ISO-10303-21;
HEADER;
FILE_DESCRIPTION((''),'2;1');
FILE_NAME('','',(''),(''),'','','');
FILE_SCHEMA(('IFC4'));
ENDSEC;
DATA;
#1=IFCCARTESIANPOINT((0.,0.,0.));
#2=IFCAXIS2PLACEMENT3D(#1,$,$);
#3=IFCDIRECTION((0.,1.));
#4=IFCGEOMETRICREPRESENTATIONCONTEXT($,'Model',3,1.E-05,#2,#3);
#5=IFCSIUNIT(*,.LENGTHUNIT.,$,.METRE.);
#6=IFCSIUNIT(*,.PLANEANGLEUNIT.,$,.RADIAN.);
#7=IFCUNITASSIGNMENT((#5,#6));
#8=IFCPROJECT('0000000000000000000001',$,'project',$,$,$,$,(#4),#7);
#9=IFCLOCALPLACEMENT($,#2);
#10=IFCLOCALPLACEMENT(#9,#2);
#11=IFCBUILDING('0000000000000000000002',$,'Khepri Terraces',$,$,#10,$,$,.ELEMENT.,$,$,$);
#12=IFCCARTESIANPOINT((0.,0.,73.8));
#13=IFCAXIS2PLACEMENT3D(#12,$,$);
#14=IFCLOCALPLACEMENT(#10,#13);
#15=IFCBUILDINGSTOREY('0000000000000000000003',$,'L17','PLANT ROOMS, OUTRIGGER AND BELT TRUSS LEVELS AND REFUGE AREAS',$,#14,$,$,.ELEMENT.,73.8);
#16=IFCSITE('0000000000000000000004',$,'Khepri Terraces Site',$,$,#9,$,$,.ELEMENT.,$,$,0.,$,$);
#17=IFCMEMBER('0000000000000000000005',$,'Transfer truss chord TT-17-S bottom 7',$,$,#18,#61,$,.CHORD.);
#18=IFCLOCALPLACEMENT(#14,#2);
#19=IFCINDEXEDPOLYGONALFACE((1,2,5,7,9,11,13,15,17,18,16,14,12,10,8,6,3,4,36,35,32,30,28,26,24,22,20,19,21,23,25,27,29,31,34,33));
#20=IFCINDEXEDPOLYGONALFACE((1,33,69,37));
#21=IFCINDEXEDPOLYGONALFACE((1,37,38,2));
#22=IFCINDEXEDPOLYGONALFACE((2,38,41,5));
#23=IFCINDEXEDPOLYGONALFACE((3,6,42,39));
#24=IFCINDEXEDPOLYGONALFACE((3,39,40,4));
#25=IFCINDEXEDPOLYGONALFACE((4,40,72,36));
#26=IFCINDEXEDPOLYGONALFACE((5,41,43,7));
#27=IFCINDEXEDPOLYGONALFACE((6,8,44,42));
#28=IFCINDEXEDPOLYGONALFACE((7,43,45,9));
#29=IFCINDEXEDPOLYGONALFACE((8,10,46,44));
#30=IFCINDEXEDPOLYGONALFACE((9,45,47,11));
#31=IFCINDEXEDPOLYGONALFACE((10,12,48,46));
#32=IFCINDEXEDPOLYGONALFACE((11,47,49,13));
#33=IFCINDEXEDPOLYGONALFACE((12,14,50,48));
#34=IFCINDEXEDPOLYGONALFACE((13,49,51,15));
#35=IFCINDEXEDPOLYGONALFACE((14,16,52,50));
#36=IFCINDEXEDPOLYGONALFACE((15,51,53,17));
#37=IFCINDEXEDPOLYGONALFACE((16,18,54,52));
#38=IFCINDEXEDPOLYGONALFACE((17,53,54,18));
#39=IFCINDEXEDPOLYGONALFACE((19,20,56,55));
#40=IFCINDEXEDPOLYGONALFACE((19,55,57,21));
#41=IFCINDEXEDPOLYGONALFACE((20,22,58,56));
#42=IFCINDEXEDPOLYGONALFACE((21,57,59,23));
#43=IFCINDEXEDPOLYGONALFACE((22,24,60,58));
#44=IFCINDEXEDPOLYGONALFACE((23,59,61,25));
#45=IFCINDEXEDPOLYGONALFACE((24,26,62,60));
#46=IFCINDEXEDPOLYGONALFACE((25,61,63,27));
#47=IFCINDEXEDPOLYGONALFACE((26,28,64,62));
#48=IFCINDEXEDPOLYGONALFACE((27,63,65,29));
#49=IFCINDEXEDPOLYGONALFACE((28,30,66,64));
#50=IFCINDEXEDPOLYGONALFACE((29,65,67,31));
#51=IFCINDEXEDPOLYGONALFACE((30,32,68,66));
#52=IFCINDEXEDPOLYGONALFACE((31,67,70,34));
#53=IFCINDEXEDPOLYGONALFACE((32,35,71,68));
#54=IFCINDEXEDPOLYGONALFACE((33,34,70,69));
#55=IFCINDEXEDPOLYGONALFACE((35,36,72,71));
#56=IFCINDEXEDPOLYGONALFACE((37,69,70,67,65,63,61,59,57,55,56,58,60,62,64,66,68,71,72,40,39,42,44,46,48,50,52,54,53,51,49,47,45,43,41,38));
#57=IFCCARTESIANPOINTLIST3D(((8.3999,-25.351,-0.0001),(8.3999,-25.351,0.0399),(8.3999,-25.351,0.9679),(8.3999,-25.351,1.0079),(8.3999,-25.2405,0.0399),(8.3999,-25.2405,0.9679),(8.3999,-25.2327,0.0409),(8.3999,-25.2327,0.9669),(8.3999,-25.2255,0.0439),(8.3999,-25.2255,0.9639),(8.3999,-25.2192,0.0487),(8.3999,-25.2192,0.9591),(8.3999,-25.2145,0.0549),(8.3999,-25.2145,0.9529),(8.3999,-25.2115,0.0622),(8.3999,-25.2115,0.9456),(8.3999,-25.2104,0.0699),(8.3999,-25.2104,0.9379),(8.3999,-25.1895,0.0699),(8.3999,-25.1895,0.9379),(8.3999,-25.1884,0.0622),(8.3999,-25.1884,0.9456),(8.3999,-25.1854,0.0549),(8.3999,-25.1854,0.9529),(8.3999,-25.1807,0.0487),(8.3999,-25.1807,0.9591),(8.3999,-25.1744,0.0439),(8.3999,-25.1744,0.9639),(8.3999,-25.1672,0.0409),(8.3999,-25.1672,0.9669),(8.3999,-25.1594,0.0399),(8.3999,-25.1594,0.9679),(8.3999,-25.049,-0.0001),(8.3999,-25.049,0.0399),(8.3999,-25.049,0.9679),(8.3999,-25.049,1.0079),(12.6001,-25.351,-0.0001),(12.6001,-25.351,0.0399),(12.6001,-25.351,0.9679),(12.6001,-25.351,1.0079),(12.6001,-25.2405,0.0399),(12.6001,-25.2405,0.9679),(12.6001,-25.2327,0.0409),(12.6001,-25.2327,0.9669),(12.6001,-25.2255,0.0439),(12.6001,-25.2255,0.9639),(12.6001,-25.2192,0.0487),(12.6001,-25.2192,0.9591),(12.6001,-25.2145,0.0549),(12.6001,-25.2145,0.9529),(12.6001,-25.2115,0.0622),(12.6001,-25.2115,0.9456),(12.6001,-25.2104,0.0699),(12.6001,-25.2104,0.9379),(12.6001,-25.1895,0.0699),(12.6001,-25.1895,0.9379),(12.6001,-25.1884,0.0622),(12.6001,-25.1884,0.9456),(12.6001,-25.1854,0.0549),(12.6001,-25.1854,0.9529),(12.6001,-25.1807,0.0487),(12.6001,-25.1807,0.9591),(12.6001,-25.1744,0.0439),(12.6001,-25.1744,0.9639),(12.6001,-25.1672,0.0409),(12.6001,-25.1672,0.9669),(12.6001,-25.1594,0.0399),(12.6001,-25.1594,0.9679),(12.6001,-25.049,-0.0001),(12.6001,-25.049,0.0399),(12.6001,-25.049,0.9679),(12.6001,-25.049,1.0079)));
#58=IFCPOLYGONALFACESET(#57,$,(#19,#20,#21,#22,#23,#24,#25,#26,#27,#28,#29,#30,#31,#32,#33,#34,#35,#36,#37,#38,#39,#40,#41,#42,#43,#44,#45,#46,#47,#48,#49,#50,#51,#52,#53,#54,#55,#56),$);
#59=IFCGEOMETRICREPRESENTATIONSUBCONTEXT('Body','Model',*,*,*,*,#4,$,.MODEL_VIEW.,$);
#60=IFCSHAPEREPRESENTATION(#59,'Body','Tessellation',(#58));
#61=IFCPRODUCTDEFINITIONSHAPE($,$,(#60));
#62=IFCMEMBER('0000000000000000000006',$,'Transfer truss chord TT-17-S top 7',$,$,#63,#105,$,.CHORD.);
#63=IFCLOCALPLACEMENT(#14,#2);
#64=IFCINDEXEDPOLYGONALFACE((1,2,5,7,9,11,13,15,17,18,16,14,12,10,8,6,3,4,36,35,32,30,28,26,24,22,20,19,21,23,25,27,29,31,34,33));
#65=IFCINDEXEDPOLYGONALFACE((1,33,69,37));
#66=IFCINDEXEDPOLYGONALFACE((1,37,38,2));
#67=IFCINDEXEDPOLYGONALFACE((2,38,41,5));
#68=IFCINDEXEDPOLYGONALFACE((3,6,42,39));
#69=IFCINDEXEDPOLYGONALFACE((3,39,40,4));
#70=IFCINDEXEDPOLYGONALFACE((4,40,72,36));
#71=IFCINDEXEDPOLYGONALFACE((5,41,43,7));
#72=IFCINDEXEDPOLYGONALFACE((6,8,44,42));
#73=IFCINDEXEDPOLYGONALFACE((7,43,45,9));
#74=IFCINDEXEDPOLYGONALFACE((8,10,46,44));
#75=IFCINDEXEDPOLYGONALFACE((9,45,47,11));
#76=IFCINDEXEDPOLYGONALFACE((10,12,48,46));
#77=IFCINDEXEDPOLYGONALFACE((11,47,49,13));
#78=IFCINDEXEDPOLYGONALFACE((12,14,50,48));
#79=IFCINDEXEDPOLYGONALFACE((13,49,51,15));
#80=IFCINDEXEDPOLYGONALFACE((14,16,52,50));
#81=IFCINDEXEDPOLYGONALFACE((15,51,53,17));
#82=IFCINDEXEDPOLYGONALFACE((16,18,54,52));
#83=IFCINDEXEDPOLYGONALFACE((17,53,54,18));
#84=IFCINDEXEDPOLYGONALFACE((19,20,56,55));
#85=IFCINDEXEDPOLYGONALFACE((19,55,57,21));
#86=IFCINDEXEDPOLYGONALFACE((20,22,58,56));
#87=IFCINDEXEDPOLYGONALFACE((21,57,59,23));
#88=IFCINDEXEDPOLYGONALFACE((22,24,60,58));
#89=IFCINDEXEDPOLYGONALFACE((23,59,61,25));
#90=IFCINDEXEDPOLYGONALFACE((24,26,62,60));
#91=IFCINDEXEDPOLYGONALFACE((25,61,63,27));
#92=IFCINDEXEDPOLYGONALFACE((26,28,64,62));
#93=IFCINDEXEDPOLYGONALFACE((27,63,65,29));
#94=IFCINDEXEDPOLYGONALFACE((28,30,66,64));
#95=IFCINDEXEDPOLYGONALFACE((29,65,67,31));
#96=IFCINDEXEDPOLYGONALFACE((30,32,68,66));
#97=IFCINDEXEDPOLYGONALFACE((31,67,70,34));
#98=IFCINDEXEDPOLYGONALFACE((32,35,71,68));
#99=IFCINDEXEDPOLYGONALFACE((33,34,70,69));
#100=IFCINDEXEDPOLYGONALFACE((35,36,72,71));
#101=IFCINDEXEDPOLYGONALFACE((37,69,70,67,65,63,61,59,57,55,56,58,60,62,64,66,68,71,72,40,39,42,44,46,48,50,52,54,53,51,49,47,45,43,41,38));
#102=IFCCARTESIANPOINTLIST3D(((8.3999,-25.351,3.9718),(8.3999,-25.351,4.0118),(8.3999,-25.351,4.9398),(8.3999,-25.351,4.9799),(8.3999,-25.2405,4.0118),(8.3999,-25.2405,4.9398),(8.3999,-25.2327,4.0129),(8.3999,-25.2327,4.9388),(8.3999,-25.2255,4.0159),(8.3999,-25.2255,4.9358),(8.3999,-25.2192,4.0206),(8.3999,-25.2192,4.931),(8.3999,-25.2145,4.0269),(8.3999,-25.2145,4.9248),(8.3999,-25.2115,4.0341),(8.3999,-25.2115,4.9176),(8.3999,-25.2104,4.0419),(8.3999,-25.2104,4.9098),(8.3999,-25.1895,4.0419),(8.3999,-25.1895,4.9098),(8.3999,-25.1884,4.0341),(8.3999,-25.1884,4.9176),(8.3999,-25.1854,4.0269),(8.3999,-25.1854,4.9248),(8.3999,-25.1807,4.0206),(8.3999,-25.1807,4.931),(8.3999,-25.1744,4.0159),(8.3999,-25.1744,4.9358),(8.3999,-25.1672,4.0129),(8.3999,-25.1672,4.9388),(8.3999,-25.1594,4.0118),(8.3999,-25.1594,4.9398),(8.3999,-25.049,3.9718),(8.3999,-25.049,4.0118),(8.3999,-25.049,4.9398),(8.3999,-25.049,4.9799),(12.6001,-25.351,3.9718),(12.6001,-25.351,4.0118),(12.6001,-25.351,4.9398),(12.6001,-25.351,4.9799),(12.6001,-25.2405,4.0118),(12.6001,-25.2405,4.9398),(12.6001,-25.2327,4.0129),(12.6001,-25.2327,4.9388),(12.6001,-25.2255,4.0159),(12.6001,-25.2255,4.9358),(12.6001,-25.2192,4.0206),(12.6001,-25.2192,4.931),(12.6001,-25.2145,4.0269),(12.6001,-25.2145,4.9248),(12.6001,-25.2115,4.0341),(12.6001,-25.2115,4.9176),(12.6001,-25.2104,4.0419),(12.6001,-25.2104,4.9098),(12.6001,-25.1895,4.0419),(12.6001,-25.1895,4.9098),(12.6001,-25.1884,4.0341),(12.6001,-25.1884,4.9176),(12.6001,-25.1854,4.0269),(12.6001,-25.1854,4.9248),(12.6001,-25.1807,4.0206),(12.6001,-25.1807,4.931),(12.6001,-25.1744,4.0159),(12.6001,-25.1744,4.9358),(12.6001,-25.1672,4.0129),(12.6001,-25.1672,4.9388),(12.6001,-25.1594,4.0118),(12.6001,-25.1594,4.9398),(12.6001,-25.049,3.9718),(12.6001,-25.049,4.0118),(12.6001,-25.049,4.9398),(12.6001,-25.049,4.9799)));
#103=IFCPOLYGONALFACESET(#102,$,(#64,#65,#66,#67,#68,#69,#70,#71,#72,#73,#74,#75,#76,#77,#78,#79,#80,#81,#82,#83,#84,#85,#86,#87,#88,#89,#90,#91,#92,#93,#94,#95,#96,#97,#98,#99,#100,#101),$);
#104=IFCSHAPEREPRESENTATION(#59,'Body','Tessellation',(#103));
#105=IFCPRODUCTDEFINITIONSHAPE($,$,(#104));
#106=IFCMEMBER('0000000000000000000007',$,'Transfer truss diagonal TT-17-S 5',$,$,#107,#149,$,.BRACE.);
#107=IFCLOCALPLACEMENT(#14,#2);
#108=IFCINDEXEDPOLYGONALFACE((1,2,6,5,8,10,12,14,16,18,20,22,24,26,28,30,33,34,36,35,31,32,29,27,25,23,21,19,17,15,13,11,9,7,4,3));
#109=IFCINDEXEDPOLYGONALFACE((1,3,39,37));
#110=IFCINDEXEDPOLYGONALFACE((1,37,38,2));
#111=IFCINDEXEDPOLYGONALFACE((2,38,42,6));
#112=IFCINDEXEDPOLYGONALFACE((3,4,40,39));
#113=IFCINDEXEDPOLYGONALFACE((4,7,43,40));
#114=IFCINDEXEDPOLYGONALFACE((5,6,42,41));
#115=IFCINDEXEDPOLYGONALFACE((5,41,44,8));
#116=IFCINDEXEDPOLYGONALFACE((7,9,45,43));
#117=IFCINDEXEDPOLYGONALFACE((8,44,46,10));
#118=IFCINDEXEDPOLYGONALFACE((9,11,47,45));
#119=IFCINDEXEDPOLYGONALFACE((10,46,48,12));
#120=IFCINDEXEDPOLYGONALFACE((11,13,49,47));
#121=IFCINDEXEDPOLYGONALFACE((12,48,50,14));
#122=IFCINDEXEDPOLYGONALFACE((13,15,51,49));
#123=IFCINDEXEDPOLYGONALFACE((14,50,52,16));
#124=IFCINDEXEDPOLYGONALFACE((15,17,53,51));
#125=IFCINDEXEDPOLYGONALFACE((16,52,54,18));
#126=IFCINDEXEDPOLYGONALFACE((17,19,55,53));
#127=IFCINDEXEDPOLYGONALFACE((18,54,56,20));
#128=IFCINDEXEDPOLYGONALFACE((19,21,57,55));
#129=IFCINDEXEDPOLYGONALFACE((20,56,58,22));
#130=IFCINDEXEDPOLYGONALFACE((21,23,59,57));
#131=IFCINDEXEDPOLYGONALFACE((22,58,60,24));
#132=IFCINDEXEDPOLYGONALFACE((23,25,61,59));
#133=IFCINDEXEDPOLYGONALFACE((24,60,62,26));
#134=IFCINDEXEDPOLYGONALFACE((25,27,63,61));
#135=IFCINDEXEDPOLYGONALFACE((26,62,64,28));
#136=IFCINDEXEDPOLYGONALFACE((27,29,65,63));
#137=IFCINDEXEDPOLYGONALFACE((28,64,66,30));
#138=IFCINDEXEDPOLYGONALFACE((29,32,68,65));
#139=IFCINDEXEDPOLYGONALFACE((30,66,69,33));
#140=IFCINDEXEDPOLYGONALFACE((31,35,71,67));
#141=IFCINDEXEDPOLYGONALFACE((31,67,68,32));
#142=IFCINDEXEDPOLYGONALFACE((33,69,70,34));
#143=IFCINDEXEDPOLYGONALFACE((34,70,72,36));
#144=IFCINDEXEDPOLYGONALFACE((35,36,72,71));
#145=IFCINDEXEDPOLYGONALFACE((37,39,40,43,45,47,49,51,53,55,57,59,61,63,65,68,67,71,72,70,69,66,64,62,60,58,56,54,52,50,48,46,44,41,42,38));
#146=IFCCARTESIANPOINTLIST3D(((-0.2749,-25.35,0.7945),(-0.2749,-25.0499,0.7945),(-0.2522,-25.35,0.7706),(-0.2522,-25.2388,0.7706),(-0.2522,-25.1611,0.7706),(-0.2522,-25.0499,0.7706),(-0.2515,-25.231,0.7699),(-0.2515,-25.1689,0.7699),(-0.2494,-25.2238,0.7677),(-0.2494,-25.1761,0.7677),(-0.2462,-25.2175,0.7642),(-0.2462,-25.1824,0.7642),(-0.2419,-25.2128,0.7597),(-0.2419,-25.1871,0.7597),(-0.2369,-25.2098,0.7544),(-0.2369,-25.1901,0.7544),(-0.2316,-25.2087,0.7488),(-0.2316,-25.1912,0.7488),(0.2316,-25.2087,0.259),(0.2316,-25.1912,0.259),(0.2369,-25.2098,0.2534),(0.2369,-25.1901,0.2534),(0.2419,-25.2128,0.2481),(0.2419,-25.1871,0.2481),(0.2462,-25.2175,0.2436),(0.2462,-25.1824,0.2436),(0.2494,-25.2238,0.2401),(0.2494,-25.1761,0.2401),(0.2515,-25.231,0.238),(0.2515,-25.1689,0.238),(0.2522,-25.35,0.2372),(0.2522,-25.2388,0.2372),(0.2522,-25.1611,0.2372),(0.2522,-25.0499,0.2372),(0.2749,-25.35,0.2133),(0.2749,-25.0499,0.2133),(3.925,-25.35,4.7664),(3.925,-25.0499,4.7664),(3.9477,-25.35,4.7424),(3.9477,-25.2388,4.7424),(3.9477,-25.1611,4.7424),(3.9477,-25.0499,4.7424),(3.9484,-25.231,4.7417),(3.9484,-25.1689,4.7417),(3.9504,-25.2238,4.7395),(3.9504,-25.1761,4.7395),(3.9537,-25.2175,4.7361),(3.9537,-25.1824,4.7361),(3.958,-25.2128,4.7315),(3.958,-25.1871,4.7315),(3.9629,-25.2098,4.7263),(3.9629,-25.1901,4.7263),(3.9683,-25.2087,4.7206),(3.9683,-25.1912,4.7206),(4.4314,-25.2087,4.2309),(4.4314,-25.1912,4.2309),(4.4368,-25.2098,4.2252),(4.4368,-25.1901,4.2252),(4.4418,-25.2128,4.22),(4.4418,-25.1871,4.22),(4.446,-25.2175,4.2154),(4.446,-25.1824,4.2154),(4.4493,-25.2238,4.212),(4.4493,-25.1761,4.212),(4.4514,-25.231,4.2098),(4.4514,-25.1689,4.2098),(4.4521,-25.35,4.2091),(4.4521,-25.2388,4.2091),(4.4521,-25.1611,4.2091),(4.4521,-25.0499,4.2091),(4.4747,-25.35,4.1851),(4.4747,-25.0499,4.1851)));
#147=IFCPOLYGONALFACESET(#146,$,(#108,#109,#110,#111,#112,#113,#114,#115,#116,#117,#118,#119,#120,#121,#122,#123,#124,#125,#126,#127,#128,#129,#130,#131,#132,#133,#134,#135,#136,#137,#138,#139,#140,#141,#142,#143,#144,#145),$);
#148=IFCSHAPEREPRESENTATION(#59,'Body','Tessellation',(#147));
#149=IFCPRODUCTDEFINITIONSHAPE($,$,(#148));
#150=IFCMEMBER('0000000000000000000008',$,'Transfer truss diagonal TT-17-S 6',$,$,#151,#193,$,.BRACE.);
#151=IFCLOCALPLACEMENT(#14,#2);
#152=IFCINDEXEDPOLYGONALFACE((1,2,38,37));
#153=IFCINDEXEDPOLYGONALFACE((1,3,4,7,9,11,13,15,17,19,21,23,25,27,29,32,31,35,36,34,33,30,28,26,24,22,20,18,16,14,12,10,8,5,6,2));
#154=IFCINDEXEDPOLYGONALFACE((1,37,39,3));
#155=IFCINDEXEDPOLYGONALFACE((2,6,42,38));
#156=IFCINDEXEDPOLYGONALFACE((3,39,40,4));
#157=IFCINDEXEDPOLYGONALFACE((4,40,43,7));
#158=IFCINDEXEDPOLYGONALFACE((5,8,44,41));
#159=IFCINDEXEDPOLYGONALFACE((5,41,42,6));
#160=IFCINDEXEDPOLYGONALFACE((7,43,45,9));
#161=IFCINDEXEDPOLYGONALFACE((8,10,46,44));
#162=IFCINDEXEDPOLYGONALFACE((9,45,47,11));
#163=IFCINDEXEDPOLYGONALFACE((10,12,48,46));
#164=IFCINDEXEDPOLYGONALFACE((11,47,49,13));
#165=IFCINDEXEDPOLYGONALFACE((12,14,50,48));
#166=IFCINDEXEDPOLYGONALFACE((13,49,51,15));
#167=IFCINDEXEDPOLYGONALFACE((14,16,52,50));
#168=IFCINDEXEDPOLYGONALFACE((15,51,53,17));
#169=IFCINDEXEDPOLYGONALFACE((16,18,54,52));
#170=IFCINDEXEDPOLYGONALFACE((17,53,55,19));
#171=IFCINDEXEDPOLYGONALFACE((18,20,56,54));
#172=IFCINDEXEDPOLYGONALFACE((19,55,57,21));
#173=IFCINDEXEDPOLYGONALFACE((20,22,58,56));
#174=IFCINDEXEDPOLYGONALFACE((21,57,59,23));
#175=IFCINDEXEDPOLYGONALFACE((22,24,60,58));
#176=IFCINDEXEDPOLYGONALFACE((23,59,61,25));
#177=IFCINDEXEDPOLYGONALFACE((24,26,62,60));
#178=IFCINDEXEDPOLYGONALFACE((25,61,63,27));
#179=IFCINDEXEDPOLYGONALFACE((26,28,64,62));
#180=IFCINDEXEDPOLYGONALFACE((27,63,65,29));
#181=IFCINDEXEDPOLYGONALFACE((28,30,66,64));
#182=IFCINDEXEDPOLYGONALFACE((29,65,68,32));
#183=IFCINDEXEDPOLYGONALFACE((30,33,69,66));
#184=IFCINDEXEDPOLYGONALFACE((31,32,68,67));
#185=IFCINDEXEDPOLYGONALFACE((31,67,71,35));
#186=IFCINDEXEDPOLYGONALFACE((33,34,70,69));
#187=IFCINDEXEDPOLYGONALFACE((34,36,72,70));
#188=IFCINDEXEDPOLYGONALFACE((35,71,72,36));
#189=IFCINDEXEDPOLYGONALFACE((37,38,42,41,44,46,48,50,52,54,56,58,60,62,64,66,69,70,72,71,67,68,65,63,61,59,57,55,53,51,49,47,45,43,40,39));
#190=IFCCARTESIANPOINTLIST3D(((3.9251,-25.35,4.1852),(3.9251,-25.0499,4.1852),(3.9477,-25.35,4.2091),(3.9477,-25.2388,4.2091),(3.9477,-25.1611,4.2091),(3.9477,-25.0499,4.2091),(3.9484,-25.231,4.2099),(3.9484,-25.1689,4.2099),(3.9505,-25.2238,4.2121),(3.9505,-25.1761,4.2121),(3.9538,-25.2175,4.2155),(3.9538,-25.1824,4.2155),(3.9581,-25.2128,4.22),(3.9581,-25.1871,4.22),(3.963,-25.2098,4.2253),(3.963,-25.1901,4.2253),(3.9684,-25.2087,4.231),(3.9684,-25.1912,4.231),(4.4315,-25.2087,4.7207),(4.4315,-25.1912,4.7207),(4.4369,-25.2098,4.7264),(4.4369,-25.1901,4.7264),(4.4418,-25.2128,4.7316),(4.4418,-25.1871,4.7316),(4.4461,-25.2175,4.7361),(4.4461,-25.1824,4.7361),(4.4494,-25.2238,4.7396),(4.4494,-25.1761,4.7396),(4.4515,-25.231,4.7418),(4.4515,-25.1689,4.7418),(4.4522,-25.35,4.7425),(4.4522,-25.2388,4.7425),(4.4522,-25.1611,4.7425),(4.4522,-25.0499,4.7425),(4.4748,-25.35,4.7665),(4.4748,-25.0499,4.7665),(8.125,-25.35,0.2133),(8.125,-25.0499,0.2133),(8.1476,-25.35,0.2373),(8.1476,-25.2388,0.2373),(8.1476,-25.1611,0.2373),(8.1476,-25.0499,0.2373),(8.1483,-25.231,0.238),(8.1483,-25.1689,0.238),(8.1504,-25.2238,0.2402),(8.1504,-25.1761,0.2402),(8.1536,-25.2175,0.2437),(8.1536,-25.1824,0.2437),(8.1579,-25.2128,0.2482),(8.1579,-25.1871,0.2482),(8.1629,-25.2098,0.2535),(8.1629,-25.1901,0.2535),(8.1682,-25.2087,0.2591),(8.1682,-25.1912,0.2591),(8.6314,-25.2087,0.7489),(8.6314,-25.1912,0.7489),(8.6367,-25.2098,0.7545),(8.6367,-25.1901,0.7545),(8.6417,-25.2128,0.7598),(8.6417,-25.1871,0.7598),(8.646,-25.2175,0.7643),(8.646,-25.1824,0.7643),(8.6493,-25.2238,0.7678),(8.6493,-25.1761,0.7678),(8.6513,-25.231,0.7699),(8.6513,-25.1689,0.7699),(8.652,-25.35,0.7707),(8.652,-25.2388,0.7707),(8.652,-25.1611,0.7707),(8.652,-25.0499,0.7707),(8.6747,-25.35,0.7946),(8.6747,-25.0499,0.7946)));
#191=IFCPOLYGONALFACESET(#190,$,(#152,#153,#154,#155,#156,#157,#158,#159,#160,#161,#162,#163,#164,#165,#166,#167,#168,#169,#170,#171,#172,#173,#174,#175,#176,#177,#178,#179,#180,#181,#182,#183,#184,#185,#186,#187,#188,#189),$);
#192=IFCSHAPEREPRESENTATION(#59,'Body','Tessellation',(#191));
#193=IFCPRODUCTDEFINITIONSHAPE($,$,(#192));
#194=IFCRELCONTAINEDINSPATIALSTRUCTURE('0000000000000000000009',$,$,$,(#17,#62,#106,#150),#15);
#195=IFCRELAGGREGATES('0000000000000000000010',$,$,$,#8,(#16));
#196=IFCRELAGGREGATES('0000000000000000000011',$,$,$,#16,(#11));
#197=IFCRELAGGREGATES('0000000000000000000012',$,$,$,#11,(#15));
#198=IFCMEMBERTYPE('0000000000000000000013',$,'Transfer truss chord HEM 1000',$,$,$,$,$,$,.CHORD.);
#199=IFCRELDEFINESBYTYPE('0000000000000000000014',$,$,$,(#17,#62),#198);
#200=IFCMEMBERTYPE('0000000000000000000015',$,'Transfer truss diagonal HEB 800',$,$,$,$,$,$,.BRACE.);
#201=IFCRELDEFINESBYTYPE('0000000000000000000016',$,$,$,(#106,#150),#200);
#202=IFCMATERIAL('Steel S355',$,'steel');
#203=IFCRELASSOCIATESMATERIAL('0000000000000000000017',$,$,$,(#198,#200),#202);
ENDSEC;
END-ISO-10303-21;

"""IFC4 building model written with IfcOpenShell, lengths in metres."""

from ifc_helpers import new_model, si_unit, direction, frame, origin, origin_2d, place, context, subcontext, project, spatial, i_section, extrude, material, material_profile, profile_set, type_object, element, save


model = new_model("IFC4")

# Units and contexts
model_context = context("Model", 3, precision=1e-05, world=origin(), true_north=direction((0.0, 1.0)))
body_context = subcontext(model_context, "Body", "Model", "MODEL_VIEW")
ifc_project = project(units=[si_unit("LENGTHUNIT", "METRE"), si_unit("PLANEANGLEUNIT", "RADIAN")], contexts=[model_context])

# Site, building, storey
site_placement = place(None, origin())
site = spatial("IfcSite", under=ifc_project, at=site_placement, Name="Khepri Terraces Site", CompositionType="ELEMENT", RefElevation=0.0)
building_placement = place(site_placement, origin())
building = spatial("IfcBuilding", under=site, at=building_placement, Name="Khepri Terraces", CompositionType="ELEMENT")
storey_placement = place(building_placement, frame((0.0, 0.0, 73.8)))
storey = spatial("IfcBuildingStorey", under=building, at=storey_placement, Name="L17", Description="PLANT ROOMS, OUTRIGGER AND BELT TRUSS LEVELS AND REFUGE AREAS", CompositionType="ELEMENT", Elevation=73.8)

# Members
ifc_material_1 = material(Name="Steel S355", Category="steel")
ifc_material_profile_1 = material_profile(ifc_material_1, i_section(OverallWidth=0.302, OverallDepth=1.0081, WebThickness=0.021, FlangeThickness=0.04, FilletRadius=0.03, at=origin_2d()), Name="Steel S355", Category="steel")
ifc_profile_set_1 = profile_set([ifc_material_profile_1], Name="Steel S355")
member_type_1 = type_object("IfcMemberType", Name="Transfer truss chord HEM 1000", PredefinedType="CHORD", material=ifc_profile_set_1)
for number, where, z_axis, x_axis, name in (
    (1, (8.3999, -25.2, 0.5039), (1.0, 0.0, 0.0), (0.0, 1.0, 0.0), "Transfer truss chord TT-17-S bottom 7"),
    (2, (8.3999, -25.2, 4.4758), (1.0, 0.0, 0.0), (0.0, 1.0, 0.0), "Transfer truss chord TT-17-S top 7"),
):
    element("IfcMember", number, at=place(storey_placement, frame(where, z_axis=z_axis, x_axis=x_axis)), inside=storey, type_object=member_type_1, Name=name, PredefinedType="CHORD", context=body_context, shape_type="SweptSolid", body=[
        extrude(i_section(OverallWidth=0.302, OverallDepth=1.0081, WebThickness=0.021, FlangeThickness=0.04, FilletRadius=0.03, at=origin_2d()), origin(), (0.0, 0.0, 1.0), 4.2002),
    ])
ifc_material_profile_2 = material_profile(ifc_material_1, i_section(OverallWidth=0.3, OverallDepth=0.8, WebThickness=0.0176, FlangeThickness=0.033, FilletRadius=0.03, at=origin_2d()), Name="Steel S355", Category="steel")
ifc_profile_set_2 = profile_set([ifc_material_profile_2], Name="Steel S355")
member_type_2 = type_object("IfcMemberType", Name="Transfer truss diagonal HEB 800", PredefinedType="BRACE", material=ifc_profile_set_2)
for number, where, z_axis, x_axis, name in (
    (3, (0.0, -25.2, 0.5039), (0.726555, 0.0, 0.687108), (0.0, 1.0, 0.0), "Transfer truss diagonal TT-17-S 5"),
    (4, (4.2, -25.2, 4.4758), (0.726555, 0.0, -0.687108), (0.0, 1.0, 0.0), "Transfer truss diagonal TT-17-S 6"),
):
    element("IfcMember", number, at=place(storey_placement, frame(where, z_axis=z_axis, x_axis=x_axis)), inside=storey, type_object=member_type_2, Name=name, PredefinedType="BRACE", context=body_context, shape_type="SweptSolid", body=[
        extrude(i_section(OverallWidth=0.3, OverallDepth=0.8, WebThickness=0.0176, FlangeThickness=0.033, FilletRadius=0.03, at=origin_2d()), origin(), (0.0, 0.0, 1.0), 5.7805),
    ])

save(model, "model.ifc")
